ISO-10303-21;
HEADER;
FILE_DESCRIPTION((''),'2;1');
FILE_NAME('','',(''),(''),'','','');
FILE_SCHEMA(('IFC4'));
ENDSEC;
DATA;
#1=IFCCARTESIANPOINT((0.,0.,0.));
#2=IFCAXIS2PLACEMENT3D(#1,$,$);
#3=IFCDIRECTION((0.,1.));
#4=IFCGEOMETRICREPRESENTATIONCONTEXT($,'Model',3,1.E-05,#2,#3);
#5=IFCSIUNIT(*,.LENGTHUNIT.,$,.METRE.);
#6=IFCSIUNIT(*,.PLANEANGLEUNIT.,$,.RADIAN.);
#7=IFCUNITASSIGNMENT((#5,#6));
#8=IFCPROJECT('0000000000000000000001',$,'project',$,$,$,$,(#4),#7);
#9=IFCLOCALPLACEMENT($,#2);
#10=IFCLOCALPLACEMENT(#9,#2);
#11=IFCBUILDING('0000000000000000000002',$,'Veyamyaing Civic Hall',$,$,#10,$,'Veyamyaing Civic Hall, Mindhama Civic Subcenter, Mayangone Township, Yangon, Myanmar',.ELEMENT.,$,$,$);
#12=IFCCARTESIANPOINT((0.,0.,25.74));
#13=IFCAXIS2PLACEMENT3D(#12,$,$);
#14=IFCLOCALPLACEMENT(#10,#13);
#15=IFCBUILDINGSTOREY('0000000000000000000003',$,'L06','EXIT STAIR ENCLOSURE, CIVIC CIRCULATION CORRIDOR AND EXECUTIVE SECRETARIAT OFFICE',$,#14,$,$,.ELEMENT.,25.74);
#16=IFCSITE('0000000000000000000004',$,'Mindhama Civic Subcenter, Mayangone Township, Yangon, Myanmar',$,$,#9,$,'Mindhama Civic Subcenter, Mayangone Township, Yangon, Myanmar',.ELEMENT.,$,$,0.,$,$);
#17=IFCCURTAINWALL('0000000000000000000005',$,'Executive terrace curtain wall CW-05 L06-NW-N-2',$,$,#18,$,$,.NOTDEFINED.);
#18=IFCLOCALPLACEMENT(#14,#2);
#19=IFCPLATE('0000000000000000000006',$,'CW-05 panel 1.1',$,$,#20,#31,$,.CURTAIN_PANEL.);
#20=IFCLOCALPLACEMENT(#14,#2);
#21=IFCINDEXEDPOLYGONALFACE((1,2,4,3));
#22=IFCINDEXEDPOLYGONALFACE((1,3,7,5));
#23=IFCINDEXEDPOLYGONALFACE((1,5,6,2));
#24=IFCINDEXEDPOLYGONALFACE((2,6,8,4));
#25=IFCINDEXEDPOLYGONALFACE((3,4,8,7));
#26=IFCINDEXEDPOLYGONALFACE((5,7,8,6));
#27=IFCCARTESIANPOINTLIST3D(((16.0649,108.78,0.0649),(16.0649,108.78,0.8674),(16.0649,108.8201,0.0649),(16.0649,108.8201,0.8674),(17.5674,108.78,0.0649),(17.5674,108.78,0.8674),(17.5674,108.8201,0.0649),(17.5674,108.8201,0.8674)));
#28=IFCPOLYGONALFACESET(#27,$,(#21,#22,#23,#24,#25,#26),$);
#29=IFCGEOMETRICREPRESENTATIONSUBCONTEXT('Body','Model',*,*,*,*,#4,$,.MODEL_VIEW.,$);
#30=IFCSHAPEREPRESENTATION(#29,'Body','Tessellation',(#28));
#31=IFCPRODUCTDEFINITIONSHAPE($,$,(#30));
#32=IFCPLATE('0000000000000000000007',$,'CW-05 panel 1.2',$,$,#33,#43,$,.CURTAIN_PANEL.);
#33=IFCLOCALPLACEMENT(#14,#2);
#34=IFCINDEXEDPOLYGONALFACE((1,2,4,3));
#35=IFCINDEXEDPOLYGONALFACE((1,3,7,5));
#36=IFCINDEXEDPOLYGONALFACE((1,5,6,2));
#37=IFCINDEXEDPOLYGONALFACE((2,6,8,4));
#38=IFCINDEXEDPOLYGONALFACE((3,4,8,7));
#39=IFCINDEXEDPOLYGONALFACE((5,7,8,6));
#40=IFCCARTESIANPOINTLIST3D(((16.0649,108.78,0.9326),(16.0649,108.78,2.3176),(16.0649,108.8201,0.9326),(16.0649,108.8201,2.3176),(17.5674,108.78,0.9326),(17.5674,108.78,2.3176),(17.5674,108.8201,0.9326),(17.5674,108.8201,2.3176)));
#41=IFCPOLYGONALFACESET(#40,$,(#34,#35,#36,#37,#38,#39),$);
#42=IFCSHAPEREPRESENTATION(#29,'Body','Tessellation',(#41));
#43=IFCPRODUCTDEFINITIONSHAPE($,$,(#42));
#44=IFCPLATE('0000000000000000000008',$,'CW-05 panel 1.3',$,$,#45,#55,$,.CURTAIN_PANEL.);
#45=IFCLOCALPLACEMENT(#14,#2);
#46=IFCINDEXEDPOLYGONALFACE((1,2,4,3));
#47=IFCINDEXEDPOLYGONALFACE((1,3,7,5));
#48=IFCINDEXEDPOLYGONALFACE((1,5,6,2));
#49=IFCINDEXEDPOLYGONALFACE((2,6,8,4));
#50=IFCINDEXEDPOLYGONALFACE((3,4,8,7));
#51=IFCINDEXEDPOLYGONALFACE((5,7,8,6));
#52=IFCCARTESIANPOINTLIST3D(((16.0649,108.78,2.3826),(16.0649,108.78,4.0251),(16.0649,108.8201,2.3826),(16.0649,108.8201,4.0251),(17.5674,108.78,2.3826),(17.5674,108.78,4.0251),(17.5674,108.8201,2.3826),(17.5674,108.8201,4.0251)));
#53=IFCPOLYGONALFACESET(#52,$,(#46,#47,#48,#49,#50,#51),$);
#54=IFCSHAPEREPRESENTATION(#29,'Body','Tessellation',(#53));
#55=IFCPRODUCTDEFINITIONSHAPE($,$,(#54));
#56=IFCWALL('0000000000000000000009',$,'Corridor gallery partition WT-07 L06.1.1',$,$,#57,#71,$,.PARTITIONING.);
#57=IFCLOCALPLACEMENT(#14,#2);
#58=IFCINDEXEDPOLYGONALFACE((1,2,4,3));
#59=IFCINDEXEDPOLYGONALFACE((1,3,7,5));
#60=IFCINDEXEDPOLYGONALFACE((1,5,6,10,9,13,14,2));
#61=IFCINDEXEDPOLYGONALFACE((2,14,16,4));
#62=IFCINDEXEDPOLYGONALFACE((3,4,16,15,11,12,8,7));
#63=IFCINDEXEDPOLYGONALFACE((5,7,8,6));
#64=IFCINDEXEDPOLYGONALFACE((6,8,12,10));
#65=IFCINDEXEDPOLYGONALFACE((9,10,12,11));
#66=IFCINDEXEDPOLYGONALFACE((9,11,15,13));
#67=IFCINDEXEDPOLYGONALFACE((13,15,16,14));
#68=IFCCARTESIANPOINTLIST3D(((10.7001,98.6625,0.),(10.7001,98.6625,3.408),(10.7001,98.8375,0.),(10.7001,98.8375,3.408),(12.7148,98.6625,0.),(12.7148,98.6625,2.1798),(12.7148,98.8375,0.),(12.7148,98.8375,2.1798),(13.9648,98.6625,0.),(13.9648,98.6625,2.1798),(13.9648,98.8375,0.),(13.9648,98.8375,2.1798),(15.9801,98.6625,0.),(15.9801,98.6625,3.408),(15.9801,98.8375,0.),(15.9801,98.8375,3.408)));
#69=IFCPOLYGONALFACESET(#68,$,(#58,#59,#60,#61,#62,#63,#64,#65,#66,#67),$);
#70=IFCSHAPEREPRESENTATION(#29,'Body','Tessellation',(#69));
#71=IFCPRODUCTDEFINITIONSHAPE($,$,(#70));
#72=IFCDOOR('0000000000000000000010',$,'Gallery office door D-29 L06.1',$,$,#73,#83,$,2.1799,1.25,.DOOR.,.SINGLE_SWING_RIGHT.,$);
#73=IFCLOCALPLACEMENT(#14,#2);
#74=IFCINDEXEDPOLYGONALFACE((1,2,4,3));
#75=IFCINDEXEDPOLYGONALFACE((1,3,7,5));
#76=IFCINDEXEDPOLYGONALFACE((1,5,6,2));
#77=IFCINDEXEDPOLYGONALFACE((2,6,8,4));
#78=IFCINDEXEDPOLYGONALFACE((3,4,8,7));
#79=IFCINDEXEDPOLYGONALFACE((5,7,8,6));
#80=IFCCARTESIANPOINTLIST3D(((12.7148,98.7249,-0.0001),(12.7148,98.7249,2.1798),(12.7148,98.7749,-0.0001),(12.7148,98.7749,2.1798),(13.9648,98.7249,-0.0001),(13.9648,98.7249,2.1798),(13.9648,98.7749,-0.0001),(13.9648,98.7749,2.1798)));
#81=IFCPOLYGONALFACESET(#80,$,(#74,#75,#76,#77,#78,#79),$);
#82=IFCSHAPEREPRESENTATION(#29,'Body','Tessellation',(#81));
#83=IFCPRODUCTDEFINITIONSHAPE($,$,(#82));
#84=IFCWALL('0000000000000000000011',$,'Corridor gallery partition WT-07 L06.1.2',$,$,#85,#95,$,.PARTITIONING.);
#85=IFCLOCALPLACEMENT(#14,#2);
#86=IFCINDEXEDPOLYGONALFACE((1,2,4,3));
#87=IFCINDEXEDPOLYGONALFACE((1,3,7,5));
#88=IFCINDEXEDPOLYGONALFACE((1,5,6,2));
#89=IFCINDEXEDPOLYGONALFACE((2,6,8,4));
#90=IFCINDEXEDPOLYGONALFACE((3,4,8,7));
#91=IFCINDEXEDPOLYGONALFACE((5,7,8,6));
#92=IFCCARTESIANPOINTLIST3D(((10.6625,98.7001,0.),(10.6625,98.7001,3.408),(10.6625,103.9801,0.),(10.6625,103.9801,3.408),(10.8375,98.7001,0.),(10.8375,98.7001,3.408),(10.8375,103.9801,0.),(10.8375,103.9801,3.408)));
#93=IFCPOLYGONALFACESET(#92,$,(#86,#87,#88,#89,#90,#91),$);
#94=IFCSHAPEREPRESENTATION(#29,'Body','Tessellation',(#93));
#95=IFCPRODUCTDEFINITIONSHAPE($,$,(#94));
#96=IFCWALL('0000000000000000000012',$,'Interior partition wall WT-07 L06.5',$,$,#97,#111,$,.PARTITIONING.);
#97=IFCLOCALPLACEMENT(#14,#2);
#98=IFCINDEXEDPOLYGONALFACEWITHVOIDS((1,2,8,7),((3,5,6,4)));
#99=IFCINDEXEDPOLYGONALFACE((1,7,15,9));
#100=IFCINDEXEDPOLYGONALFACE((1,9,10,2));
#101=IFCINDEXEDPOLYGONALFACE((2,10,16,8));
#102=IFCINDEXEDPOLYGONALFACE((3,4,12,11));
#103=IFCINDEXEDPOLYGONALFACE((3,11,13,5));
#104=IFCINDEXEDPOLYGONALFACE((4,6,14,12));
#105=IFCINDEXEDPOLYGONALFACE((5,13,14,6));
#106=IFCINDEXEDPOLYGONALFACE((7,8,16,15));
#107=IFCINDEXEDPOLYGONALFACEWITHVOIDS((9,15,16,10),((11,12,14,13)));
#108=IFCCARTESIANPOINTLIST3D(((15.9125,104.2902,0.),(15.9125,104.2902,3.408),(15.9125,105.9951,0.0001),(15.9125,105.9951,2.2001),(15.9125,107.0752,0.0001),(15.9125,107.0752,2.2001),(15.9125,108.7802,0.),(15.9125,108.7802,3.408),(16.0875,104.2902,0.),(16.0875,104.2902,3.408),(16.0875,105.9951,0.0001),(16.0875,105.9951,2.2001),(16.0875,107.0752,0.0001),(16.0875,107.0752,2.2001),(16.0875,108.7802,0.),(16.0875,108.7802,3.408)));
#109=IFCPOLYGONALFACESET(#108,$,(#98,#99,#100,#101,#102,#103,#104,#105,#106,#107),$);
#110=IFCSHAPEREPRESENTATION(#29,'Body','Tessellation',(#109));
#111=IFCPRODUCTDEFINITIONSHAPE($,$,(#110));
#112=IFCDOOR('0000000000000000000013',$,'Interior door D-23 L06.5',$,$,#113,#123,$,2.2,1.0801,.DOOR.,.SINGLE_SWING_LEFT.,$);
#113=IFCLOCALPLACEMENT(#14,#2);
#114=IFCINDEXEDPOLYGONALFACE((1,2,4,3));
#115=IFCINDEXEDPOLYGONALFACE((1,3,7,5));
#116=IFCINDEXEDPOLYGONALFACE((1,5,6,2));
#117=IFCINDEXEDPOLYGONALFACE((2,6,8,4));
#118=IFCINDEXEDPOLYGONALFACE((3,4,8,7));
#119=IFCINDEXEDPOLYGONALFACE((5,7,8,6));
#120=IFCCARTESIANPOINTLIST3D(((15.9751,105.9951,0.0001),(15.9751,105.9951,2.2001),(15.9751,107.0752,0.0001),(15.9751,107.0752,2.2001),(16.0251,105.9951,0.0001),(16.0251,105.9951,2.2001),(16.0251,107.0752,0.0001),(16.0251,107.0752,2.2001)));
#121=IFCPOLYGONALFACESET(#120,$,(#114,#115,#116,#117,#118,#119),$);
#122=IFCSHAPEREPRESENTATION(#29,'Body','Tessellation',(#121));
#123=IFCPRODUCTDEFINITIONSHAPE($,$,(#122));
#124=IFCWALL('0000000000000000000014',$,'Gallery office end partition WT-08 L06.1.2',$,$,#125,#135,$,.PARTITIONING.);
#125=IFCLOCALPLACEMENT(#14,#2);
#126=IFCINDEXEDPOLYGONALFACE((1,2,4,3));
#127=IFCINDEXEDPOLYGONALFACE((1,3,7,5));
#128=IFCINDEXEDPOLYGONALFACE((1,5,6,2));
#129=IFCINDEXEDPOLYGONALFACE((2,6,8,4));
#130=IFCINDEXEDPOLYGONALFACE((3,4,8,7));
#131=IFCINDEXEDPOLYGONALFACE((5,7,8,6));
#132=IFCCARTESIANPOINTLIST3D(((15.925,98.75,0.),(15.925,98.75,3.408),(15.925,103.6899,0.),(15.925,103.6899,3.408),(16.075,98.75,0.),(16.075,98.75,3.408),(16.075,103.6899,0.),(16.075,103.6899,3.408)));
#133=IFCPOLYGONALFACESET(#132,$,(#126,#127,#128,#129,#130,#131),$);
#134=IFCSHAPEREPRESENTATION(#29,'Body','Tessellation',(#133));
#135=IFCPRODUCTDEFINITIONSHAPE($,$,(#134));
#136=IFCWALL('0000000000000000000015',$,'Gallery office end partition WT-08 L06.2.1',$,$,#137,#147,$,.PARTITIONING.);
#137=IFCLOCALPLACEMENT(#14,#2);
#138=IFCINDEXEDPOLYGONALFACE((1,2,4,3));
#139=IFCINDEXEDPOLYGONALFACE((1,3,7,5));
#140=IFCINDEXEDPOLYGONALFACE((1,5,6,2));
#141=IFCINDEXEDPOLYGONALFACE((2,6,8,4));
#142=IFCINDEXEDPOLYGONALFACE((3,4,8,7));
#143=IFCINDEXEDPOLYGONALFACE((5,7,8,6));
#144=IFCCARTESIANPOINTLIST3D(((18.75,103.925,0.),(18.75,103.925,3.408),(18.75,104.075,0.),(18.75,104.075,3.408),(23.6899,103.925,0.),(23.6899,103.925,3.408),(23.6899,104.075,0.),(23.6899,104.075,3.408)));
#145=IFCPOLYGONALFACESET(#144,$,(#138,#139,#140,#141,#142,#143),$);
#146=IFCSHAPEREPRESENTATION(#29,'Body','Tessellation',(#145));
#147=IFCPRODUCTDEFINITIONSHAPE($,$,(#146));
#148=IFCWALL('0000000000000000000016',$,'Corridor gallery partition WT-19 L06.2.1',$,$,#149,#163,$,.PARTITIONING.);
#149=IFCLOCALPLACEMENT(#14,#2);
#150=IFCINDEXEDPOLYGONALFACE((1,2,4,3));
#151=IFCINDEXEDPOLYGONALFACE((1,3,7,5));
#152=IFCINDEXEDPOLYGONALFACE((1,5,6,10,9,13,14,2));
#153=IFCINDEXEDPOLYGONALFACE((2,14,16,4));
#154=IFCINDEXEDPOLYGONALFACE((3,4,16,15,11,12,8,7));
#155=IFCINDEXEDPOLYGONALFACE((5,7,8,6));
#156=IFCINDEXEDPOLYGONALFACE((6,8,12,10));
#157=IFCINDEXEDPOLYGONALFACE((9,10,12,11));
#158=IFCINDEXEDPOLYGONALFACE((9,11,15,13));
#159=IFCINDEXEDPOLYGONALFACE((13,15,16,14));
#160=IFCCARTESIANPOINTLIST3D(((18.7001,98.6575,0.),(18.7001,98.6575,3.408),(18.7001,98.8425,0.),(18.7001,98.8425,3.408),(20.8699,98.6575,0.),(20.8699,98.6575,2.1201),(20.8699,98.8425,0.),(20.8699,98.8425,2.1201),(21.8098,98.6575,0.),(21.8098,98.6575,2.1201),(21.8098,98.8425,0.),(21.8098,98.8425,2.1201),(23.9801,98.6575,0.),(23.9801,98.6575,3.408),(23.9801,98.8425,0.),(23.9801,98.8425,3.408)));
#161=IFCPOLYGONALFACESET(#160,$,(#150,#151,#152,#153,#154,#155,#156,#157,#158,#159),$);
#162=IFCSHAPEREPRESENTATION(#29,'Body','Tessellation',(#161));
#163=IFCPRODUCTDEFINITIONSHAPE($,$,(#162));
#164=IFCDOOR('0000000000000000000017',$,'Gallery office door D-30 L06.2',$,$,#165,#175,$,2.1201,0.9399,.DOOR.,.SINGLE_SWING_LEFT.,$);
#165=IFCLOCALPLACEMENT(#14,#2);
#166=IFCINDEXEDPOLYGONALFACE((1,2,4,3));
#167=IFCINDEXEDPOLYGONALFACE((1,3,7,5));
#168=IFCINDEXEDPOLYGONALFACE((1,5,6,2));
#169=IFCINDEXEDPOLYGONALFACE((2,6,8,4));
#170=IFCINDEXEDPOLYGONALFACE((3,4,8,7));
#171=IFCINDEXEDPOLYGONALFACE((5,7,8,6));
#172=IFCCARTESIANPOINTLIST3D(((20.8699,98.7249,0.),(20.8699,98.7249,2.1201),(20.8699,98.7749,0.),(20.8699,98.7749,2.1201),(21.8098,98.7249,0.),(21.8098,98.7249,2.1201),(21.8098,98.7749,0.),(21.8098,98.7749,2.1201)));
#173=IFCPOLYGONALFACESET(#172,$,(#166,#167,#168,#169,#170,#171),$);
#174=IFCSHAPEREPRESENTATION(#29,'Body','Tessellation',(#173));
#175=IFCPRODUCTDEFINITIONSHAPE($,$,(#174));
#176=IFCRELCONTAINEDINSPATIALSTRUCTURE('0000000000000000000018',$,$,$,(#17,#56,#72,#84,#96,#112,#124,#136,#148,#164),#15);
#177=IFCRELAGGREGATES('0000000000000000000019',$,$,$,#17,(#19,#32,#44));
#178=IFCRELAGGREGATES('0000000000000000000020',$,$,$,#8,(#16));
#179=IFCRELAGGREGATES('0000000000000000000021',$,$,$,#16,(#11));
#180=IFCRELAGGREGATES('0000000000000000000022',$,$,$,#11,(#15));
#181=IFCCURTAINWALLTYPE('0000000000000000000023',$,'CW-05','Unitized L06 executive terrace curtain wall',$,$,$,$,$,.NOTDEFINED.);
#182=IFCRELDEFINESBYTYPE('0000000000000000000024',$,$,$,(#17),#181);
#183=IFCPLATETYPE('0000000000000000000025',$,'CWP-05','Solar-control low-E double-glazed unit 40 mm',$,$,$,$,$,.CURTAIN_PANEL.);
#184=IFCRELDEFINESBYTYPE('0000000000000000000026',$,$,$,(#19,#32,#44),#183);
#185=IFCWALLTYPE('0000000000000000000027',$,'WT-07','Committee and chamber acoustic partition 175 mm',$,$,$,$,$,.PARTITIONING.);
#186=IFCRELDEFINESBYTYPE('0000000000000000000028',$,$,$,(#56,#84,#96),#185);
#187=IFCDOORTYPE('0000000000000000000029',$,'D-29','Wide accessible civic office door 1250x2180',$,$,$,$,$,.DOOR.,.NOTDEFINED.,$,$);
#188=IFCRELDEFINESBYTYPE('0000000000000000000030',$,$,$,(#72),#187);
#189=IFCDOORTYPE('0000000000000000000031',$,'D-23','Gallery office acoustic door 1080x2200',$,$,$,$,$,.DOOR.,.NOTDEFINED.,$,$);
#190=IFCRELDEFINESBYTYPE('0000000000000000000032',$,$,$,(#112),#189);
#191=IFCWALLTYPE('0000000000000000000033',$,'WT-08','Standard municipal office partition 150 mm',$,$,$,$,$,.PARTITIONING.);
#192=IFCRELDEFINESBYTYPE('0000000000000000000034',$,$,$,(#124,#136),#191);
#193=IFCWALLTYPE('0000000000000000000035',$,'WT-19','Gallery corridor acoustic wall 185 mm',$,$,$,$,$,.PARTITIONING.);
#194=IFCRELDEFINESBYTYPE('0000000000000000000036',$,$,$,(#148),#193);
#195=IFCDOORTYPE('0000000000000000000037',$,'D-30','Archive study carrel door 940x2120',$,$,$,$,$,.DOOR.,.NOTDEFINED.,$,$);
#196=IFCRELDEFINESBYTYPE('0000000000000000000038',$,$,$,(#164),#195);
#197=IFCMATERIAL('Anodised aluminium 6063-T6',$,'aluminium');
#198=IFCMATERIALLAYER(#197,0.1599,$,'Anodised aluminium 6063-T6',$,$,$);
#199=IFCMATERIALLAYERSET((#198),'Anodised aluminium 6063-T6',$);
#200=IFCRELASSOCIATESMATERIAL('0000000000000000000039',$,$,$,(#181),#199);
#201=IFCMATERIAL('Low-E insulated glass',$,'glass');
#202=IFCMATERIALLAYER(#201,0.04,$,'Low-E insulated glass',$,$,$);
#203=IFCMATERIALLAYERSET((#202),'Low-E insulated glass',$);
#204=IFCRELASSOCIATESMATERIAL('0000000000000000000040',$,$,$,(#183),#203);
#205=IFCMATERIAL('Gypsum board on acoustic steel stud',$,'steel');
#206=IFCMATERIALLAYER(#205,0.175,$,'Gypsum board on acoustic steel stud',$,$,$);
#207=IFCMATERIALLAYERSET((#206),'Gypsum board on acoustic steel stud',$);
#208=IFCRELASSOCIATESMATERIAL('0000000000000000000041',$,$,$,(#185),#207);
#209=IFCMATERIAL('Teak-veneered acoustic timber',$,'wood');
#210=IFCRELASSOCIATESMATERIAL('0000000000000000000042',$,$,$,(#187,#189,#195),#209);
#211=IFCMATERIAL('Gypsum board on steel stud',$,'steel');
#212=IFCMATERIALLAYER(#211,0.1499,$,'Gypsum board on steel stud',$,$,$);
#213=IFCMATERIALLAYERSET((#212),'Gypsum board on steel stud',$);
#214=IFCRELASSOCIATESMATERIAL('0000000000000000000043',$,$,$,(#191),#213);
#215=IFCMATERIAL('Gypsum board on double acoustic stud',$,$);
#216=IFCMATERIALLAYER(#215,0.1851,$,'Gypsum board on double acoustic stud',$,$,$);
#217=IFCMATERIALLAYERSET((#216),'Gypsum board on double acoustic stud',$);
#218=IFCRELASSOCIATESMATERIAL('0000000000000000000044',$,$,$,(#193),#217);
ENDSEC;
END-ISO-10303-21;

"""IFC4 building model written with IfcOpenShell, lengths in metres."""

from ifc_helpers import new_model, si_unit, direction, frame, frame_2d, origin, origin_2d, place, context, subcontext, project, spatial, rectangle, extrude, material, layer, layer_set, type_object, element, fill, aggregate, save


model = new_model("IFC4")

# Units and contexts
model_context = context("Model", 3, precision=1e-05, world=origin(), true_north=direction((0.0, 1.0)))
body_context = subcontext(model_context, "Body", "Model", "MODEL_VIEW")
ifc_project = project(units=[si_unit("LENGTHUNIT", "METRE"), si_unit("PLANEANGLEUNIT", "RADIAN")], contexts=[model_context])

# Site, building, storey
site_placement = place(None, origin())
site = spatial("IfcSite", under=ifc_project, at=site_placement, Name="Mindhama Civic Subcenter, Mayangone Township, Yangon, Myanmar", LongName="Mindhama Civic Subcenter, Mayangone Township, Yangon, Myanmar", CompositionType="ELEMENT", RefElevation=0.0)
building_placement = place(site_placement, origin())
building = spatial("IfcBuilding", under=site, at=building_placement, Name="Veyamyaing Civic Hall", LongName="Veyamyaing Civic Hall, Mindhama Civic Subcenter, Mayangone Township, Yangon, Myanmar", CompositionType="ELEMENT")
storey_placement = place(building_placement, frame((0.0, 0.0, 25.74)))
storey = spatial("IfcBuildingStorey", under=building, at=storey_placement, Name="L06", Description="EXIT STAIR ENCLOSURE, CIVIC CIRCULATION CORRIDOR AND EXECUTIVE SECRETARIAT OFFICE", CompositionType="ELEMENT", Elevation=25.74)

# Curtain wall
ifc_material_1 = material(Name="Anodised aluminium 6063-T6", Category="aluminium")
ifc_layer_1 = layer(ifc_material_1, 0.1599, Name="Anodised aluminium 6063-T6")
ifc_layer_set_1 = layer_set([ifc_layer_1], Name="Anodised aluminium 6063-T6")
curtain_wall_type = type_object("IfcCurtainWallType", Name="CW-05", Description="Unitized L06 executive terrace curtain wall", PredefinedType="NOTDEFINED", material=ifc_layer_set_1)
curtain_wall_placement = place(storey_placement, origin())
curtain_wall = element("IfcCurtainWall", 1, at=curtain_wall_placement, inside=storey, type_object=curtain_wall_type, Name="Executive terrace curtain wall CW-05 L06-NW-N-2", PredefinedType="NOTDEFINED")

# Plates
ifc_material_2 = material(Name="Low-E insulated glass", Category="glass")
ifc_layer_2 = layer(ifc_material_2, 0.04, Name="Low-E insulated glass")
ifc_layer_set_2 = layer_set([ifc_layer_2], Name="Low-E insulated glass")
plate_type = type_object("IfcPlateType", Name="CWP-05", Description="Solar-control low-E double-glazed unit 40 mm", PredefinedType="CURTAIN_PANEL", material=ifc_layer_set_2)
plate_1_placement = place(storey_placement, frame((16.8162, 108.8, 0.0649), z_axis=(0.0, 0.0, 1.0), x_axis=(1.0, 0.0, 0.0)))
plate_1 = element("IfcPlate", 2, at=plate_1_placement, type_object=plate_type, Name="CW-05 panel 1.1", PredefinedType="CURTAIN_PANEL", context=body_context, shape_type="SweptSolid", body=[
    extrude(rectangle(XDim=1.5024, YDim=0.04, at=origin_2d()), origin(), (0.0, 0.0, 1.0), 0.8025),
])
plate_2_placement = place(storey_placement, frame((16.8162, 108.8, 0.9326), z_axis=(0.0, 0.0, 1.0), x_axis=(1.0, 0.0, 0.0)))
plate_2 = element("IfcPlate", 3, at=plate_2_placement, type_object=plate_type, Name="CW-05 panel 1.2", PredefinedType="CURTAIN_PANEL", context=body_context, shape_type="SweptSolid", body=[
    extrude(rectangle(XDim=1.5024, YDim=0.04, at=origin_2d()), origin(), (0.0, 0.0, 1.0), 1.385),
])
plate_3_placement = place(storey_placement, frame((16.8162, 108.8, 2.3826), z_axis=(0.0, 0.0, 1.0), x_axis=(1.0, 0.0, 0.0)))
plate_3 = element("IfcPlate", 4, at=plate_3_placement, type_object=plate_type, Name="CW-05 panel 1.3", PredefinedType="CURTAIN_PANEL", context=body_context, shape_type="SweptSolid", body=[
    extrude(rectangle(XDim=1.5024, YDim=0.04, at=origin_2d()), origin(), (0.0, 0.0, 1.0), 1.6426),
])
aggregate(curtain_wall, [plate_1, plate_2, plate_3])

# Wall, opening, door
ifc_material_3 = material(Name="Gypsum board on acoustic steel stud", Category="steel")
ifc_layer_3 = layer(ifc_material_3, 0.175, Name="Gypsum board on acoustic steel stud")
ifc_layer_set_3 = layer_set([ifc_layer_3], Name="Gypsum board on acoustic steel stud")
wall_type_1 = type_object("IfcWallType", Name="WT-07", Description="Committee and chamber acoustic partition 175 mm", PredefinedType="PARTITIONING", material=ifc_layer_set_3)
wall_1_placement = place(storey_placement, frame((10.7, 98.75, 0.0), z_axis=(0.0, 0.0, 1.0), x_axis=(1.0, 0.0, 0.0)))
wall_1 = element("IfcWall", 5, at=wall_1_placement, inside=storey, type_object=wall_type_1, Name="Corridor gallery partition WT-07 L06.1.1", PredefinedType="PARTITIONING", context=body_context, shape_type="SweptSolid", body=[
    extrude(rectangle(XDim=5.28, YDim=0.175, at=frame_2d((2.6401, 0.0))), origin(), (0.0, 0.0, 1.0), 3.408),
])
opening_1_placement = place(wall_1_placement, frame((2.0149, 0.0, 0.0)))
opening_1 = element("IfcOpeningElement", 6, at=opening_1_placement, cuts=wall_1, PredefinedType="OPENING", context=body_context, shape_type="SweptSolid", body=[
    extrude(rectangle(XDim=1.25, YDim=2.1799, at=frame_2d((0.625, 1.0898))), frame((0.0, 0.0974, 0.0), z_axis=(0.0, -1.0, 0.0), x_axis=(1.0, 0.0, 0.0)), (0.0, 0.0, 1.0), 0.1951),
])
ifc_material_4 = material(Name="Teak-veneered acoustic timber", Category="wood")
door_type_1 = type_object("IfcDoorType", Name="D-29", Description="Wide accessible civic office door 1250x2180", OperationType="NOTDEFINED", PredefinedType="DOOR", material=ifc_material_4)
door_1_placement = place(opening_1_placement, origin())
door_1 = element("IfcDoor", 7, at=door_1_placement, inside=storey, type_object=door_type_1, Name="Gallery office door D-29 L06.1", OperationType="SINGLE_SWING_RIGHT", OverallHeight=2.1799, OverallWidth=1.25, PredefinedType="DOOR", context=body_context, shape_type="SweptSolid", body=[
    extrude(rectangle(XDim=1.25, YDim=2.1799, at=frame_2d((0.625, 1.0898))), frame((0.0, 0.0249, 0.0), z_axis=(0.0, -1.0, 0.0), x_axis=(1.0, 0.0, 0.0)), (0.0, 0.0, 1.0), 0.05),
])
fill(opening_1, door_1)

# Wall
wall_2_placement = place(storey_placement, frame((10.75, 98.7, 0.0), z_axis=(0.0, 0.0, 1.0), x_axis=(0.0, 1.0, 0.0)))
element("IfcWall", 8, at=wall_2_placement, inside=storey, type_object=wall_type_1, Name="Corridor gallery partition WT-07 L06.1.2", PredefinedType="PARTITIONING", context=body_context, shape_type="SweptSolid", body=[
    extrude(rectangle(XDim=5.28, YDim=0.175, at=frame_2d((2.6401, 0.0))), origin(), (0.0, 0.0, 1.0), 3.408),
])

# Wall, opening, door
wall_3_placement = place(storey_placement, frame((16.0, 104.29, 0.0), z_axis=(0.0, 0.0, 1.0), x_axis=(0.0, 1.0, 0.0)))
wall_3 = element("IfcWall", 9, at=wall_3_placement, inside=storey, type_object=wall_type_1, Name="Interior partition wall WT-07 L06.5", PredefinedType="PARTITIONING", context=body_context, shape_type="SweptSolid", body=[
    extrude(rectangle(XDim=4.49, YDim=0.175, at=frame_2d((2.2451, 0.0))), origin(), (0.0, 0.0, 1.0), 3.408),
])
opening_2_placement = place(wall_3_placement, frame((1.7051, 0.0, 0.0)))
opening_2 = element("IfcOpeningElement", 10, at=opening_2_placement, cuts=wall_3, PredefinedType="OPENING", context=body_context, shape_type="SweptSolid", body=[
    extrude(rectangle(XDim=1.0801, YDim=2.2, at=frame_2d((0.54, 1.1001))), frame((0.0, 0.0974, 0.0), z_axis=(0.0, -1.0, 0.0), x_axis=(1.0, 0.0, 0.0)), (0.0, 0.0, 1.0), 0.1951),
])
door_type_2 = type_object("IfcDoorType", Name="D-23", Description="Gallery office acoustic door 1080x2200", OperationType="NOTDEFINED", PredefinedType="DOOR", material=ifc_material_4)
door_2_placement = place(opening_2_placement, origin())
door_2 = element("IfcDoor", 11, at=door_2_placement, inside=storey, type_object=door_type_2, Name="Interior door D-23 L06.5", OperationType="SINGLE_SWING_LEFT", OverallHeight=2.2, OverallWidth=1.0801, PredefinedType="DOOR", context=body_context, shape_type="SweptSolid", body=[
    extrude(rectangle(XDim=1.0801, YDim=2.2, at=frame_2d((0.54, 1.1001))), frame((0.0, 0.0249, 0.0), z_axis=(0.0, -1.0, 0.0), x_axis=(1.0, 0.0, 0.0)), (0.0, 0.0, 1.0), 0.05),
])
fill(opening_2, door_2)

# Walls
ifc_material_5 = material(Name="Gypsum board on steel stud", Category="steel")
ifc_layer_4 = layer(ifc_material_5, 0.1499, Name="Gypsum board on steel stud")
ifc_layer_set_4 = layer_set([ifc_layer_4], Name="Gypsum board on steel stud")
wall_type_2 = type_object("IfcWallType", Name="WT-08", Description="Standard municipal office partition 150 mm", PredefinedType="PARTITIONING", material=ifc_layer_set_4)
for number, where, z_axis, x_axis, name in (
    (12, (16.0, 98.75, 0.0), (0.0, 0.0, 1.0), (0.0, 1.0, 0.0), "Gallery office end partition WT-08 L06.1.2"),
    (13, (18.75, 104.0, 0.0), (0.0, 0.0, 1.0), (1.0, 0.0, 0.0), "Gallery office end partition WT-08 L06.2.1"),
):
    element("IfcWall", number, at=place(storey_placement, frame(where, z_axis=z_axis, x_axis=x_axis)), inside=storey, type_object=wall_type_2, Name=name, PredefinedType="PARTITIONING", context=body_context, shape_type="SweptSolid", body=[
        extrude(rectangle(XDim=4.9399, YDim=0.1499, at=frame_2d((2.47, 0.0))), origin(), (0.0, 0.0, 1.0), 3.408),
    ])

# Wall, opening, door
ifc_material_6 = material(Name="Gypsum board on double acoustic stud")
ifc_layer_5 = layer(ifc_material_6, 0.1851, Name="Gypsum board on double acoustic stud")
ifc_layer_set_5 = layer_set([ifc_layer_5], Name="Gypsum board on double acoustic stud")
wall_type_3 = type_object("IfcWallType", Name="WT-19", Description="Gallery corridor acoustic wall 185 mm", PredefinedType="PARTITIONING", material=ifc_layer_set_5)
wall_4_placement = place(storey_placement, frame((18.7, 98.75, 0.0), z_axis=(0.0, 0.0, 1.0), x_axis=(1.0, 0.0, 0.0)))
wall_4 = element("IfcWall", 14, at=wall_4_placement, inside=storey, type_object=wall_type_3, Name="Corridor gallery partition WT-19 L06.2.1", PredefinedType="PARTITIONING", context=body_context, shape_type="SweptSolid", body=[
    extrude(rectangle(XDim=5.28, YDim=0.1851, at=frame_2d((2.6401, 0.0))), origin(), (0.0, 0.0, 1.0), 3.408),
])
opening_3_placement = place(wall_4_placement, frame((2.1699, 0.0, 0.0)))
opening_3 = element("IfcOpeningElement", 15, at=opening_3_placement, cuts=wall_4, PredefinedType="OPENING", context=body_context, shape_type="SweptSolid", body=[
    extrude(rectangle(XDim=0.9399, YDim=2.1201, at=frame_2d((0.47, 1.0601))), frame((0.0, 0.1025, 0.0), z_axis=(0.0, -1.0, 0.0), x_axis=(1.0, 0.0, 0.0)), (0.0, 0.0, 1.0), 0.2051),
])
door_type_3 = type_object("IfcDoorType", Name="D-30", Description="Archive study carrel door 940x2120", OperationType="NOTDEFINED", PredefinedType="DOOR", material=ifc_material_4)
door_3_placement = place(opening_3_placement, origin())
door_3 = element("IfcDoor", 16, at=door_3_placement, inside=storey, type_object=door_type_3, Name="Gallery office door D-30 L06.2", OperationType="SINGLE_SWING_LEFT", OverallHeight=2.1201, OverallWidth=0.9399, PredefinedType="DOOR", context=body_context, shape_type="SweptSolid", body=[
    extrude(rectangle(XDim=0.9399, YDim=2.1201, at=frame_2d((0.47, 1.0601))), frame((0.0, 0.0249, 0.0), z_axis=(0.0, -1.0, 0.0), x_axis=(1.0, 0.0, 0.0)), (0.0, 0.0, 1.0), 0.05),
])
fill(opening_3, door_3)

save(model, "model.ifc")
